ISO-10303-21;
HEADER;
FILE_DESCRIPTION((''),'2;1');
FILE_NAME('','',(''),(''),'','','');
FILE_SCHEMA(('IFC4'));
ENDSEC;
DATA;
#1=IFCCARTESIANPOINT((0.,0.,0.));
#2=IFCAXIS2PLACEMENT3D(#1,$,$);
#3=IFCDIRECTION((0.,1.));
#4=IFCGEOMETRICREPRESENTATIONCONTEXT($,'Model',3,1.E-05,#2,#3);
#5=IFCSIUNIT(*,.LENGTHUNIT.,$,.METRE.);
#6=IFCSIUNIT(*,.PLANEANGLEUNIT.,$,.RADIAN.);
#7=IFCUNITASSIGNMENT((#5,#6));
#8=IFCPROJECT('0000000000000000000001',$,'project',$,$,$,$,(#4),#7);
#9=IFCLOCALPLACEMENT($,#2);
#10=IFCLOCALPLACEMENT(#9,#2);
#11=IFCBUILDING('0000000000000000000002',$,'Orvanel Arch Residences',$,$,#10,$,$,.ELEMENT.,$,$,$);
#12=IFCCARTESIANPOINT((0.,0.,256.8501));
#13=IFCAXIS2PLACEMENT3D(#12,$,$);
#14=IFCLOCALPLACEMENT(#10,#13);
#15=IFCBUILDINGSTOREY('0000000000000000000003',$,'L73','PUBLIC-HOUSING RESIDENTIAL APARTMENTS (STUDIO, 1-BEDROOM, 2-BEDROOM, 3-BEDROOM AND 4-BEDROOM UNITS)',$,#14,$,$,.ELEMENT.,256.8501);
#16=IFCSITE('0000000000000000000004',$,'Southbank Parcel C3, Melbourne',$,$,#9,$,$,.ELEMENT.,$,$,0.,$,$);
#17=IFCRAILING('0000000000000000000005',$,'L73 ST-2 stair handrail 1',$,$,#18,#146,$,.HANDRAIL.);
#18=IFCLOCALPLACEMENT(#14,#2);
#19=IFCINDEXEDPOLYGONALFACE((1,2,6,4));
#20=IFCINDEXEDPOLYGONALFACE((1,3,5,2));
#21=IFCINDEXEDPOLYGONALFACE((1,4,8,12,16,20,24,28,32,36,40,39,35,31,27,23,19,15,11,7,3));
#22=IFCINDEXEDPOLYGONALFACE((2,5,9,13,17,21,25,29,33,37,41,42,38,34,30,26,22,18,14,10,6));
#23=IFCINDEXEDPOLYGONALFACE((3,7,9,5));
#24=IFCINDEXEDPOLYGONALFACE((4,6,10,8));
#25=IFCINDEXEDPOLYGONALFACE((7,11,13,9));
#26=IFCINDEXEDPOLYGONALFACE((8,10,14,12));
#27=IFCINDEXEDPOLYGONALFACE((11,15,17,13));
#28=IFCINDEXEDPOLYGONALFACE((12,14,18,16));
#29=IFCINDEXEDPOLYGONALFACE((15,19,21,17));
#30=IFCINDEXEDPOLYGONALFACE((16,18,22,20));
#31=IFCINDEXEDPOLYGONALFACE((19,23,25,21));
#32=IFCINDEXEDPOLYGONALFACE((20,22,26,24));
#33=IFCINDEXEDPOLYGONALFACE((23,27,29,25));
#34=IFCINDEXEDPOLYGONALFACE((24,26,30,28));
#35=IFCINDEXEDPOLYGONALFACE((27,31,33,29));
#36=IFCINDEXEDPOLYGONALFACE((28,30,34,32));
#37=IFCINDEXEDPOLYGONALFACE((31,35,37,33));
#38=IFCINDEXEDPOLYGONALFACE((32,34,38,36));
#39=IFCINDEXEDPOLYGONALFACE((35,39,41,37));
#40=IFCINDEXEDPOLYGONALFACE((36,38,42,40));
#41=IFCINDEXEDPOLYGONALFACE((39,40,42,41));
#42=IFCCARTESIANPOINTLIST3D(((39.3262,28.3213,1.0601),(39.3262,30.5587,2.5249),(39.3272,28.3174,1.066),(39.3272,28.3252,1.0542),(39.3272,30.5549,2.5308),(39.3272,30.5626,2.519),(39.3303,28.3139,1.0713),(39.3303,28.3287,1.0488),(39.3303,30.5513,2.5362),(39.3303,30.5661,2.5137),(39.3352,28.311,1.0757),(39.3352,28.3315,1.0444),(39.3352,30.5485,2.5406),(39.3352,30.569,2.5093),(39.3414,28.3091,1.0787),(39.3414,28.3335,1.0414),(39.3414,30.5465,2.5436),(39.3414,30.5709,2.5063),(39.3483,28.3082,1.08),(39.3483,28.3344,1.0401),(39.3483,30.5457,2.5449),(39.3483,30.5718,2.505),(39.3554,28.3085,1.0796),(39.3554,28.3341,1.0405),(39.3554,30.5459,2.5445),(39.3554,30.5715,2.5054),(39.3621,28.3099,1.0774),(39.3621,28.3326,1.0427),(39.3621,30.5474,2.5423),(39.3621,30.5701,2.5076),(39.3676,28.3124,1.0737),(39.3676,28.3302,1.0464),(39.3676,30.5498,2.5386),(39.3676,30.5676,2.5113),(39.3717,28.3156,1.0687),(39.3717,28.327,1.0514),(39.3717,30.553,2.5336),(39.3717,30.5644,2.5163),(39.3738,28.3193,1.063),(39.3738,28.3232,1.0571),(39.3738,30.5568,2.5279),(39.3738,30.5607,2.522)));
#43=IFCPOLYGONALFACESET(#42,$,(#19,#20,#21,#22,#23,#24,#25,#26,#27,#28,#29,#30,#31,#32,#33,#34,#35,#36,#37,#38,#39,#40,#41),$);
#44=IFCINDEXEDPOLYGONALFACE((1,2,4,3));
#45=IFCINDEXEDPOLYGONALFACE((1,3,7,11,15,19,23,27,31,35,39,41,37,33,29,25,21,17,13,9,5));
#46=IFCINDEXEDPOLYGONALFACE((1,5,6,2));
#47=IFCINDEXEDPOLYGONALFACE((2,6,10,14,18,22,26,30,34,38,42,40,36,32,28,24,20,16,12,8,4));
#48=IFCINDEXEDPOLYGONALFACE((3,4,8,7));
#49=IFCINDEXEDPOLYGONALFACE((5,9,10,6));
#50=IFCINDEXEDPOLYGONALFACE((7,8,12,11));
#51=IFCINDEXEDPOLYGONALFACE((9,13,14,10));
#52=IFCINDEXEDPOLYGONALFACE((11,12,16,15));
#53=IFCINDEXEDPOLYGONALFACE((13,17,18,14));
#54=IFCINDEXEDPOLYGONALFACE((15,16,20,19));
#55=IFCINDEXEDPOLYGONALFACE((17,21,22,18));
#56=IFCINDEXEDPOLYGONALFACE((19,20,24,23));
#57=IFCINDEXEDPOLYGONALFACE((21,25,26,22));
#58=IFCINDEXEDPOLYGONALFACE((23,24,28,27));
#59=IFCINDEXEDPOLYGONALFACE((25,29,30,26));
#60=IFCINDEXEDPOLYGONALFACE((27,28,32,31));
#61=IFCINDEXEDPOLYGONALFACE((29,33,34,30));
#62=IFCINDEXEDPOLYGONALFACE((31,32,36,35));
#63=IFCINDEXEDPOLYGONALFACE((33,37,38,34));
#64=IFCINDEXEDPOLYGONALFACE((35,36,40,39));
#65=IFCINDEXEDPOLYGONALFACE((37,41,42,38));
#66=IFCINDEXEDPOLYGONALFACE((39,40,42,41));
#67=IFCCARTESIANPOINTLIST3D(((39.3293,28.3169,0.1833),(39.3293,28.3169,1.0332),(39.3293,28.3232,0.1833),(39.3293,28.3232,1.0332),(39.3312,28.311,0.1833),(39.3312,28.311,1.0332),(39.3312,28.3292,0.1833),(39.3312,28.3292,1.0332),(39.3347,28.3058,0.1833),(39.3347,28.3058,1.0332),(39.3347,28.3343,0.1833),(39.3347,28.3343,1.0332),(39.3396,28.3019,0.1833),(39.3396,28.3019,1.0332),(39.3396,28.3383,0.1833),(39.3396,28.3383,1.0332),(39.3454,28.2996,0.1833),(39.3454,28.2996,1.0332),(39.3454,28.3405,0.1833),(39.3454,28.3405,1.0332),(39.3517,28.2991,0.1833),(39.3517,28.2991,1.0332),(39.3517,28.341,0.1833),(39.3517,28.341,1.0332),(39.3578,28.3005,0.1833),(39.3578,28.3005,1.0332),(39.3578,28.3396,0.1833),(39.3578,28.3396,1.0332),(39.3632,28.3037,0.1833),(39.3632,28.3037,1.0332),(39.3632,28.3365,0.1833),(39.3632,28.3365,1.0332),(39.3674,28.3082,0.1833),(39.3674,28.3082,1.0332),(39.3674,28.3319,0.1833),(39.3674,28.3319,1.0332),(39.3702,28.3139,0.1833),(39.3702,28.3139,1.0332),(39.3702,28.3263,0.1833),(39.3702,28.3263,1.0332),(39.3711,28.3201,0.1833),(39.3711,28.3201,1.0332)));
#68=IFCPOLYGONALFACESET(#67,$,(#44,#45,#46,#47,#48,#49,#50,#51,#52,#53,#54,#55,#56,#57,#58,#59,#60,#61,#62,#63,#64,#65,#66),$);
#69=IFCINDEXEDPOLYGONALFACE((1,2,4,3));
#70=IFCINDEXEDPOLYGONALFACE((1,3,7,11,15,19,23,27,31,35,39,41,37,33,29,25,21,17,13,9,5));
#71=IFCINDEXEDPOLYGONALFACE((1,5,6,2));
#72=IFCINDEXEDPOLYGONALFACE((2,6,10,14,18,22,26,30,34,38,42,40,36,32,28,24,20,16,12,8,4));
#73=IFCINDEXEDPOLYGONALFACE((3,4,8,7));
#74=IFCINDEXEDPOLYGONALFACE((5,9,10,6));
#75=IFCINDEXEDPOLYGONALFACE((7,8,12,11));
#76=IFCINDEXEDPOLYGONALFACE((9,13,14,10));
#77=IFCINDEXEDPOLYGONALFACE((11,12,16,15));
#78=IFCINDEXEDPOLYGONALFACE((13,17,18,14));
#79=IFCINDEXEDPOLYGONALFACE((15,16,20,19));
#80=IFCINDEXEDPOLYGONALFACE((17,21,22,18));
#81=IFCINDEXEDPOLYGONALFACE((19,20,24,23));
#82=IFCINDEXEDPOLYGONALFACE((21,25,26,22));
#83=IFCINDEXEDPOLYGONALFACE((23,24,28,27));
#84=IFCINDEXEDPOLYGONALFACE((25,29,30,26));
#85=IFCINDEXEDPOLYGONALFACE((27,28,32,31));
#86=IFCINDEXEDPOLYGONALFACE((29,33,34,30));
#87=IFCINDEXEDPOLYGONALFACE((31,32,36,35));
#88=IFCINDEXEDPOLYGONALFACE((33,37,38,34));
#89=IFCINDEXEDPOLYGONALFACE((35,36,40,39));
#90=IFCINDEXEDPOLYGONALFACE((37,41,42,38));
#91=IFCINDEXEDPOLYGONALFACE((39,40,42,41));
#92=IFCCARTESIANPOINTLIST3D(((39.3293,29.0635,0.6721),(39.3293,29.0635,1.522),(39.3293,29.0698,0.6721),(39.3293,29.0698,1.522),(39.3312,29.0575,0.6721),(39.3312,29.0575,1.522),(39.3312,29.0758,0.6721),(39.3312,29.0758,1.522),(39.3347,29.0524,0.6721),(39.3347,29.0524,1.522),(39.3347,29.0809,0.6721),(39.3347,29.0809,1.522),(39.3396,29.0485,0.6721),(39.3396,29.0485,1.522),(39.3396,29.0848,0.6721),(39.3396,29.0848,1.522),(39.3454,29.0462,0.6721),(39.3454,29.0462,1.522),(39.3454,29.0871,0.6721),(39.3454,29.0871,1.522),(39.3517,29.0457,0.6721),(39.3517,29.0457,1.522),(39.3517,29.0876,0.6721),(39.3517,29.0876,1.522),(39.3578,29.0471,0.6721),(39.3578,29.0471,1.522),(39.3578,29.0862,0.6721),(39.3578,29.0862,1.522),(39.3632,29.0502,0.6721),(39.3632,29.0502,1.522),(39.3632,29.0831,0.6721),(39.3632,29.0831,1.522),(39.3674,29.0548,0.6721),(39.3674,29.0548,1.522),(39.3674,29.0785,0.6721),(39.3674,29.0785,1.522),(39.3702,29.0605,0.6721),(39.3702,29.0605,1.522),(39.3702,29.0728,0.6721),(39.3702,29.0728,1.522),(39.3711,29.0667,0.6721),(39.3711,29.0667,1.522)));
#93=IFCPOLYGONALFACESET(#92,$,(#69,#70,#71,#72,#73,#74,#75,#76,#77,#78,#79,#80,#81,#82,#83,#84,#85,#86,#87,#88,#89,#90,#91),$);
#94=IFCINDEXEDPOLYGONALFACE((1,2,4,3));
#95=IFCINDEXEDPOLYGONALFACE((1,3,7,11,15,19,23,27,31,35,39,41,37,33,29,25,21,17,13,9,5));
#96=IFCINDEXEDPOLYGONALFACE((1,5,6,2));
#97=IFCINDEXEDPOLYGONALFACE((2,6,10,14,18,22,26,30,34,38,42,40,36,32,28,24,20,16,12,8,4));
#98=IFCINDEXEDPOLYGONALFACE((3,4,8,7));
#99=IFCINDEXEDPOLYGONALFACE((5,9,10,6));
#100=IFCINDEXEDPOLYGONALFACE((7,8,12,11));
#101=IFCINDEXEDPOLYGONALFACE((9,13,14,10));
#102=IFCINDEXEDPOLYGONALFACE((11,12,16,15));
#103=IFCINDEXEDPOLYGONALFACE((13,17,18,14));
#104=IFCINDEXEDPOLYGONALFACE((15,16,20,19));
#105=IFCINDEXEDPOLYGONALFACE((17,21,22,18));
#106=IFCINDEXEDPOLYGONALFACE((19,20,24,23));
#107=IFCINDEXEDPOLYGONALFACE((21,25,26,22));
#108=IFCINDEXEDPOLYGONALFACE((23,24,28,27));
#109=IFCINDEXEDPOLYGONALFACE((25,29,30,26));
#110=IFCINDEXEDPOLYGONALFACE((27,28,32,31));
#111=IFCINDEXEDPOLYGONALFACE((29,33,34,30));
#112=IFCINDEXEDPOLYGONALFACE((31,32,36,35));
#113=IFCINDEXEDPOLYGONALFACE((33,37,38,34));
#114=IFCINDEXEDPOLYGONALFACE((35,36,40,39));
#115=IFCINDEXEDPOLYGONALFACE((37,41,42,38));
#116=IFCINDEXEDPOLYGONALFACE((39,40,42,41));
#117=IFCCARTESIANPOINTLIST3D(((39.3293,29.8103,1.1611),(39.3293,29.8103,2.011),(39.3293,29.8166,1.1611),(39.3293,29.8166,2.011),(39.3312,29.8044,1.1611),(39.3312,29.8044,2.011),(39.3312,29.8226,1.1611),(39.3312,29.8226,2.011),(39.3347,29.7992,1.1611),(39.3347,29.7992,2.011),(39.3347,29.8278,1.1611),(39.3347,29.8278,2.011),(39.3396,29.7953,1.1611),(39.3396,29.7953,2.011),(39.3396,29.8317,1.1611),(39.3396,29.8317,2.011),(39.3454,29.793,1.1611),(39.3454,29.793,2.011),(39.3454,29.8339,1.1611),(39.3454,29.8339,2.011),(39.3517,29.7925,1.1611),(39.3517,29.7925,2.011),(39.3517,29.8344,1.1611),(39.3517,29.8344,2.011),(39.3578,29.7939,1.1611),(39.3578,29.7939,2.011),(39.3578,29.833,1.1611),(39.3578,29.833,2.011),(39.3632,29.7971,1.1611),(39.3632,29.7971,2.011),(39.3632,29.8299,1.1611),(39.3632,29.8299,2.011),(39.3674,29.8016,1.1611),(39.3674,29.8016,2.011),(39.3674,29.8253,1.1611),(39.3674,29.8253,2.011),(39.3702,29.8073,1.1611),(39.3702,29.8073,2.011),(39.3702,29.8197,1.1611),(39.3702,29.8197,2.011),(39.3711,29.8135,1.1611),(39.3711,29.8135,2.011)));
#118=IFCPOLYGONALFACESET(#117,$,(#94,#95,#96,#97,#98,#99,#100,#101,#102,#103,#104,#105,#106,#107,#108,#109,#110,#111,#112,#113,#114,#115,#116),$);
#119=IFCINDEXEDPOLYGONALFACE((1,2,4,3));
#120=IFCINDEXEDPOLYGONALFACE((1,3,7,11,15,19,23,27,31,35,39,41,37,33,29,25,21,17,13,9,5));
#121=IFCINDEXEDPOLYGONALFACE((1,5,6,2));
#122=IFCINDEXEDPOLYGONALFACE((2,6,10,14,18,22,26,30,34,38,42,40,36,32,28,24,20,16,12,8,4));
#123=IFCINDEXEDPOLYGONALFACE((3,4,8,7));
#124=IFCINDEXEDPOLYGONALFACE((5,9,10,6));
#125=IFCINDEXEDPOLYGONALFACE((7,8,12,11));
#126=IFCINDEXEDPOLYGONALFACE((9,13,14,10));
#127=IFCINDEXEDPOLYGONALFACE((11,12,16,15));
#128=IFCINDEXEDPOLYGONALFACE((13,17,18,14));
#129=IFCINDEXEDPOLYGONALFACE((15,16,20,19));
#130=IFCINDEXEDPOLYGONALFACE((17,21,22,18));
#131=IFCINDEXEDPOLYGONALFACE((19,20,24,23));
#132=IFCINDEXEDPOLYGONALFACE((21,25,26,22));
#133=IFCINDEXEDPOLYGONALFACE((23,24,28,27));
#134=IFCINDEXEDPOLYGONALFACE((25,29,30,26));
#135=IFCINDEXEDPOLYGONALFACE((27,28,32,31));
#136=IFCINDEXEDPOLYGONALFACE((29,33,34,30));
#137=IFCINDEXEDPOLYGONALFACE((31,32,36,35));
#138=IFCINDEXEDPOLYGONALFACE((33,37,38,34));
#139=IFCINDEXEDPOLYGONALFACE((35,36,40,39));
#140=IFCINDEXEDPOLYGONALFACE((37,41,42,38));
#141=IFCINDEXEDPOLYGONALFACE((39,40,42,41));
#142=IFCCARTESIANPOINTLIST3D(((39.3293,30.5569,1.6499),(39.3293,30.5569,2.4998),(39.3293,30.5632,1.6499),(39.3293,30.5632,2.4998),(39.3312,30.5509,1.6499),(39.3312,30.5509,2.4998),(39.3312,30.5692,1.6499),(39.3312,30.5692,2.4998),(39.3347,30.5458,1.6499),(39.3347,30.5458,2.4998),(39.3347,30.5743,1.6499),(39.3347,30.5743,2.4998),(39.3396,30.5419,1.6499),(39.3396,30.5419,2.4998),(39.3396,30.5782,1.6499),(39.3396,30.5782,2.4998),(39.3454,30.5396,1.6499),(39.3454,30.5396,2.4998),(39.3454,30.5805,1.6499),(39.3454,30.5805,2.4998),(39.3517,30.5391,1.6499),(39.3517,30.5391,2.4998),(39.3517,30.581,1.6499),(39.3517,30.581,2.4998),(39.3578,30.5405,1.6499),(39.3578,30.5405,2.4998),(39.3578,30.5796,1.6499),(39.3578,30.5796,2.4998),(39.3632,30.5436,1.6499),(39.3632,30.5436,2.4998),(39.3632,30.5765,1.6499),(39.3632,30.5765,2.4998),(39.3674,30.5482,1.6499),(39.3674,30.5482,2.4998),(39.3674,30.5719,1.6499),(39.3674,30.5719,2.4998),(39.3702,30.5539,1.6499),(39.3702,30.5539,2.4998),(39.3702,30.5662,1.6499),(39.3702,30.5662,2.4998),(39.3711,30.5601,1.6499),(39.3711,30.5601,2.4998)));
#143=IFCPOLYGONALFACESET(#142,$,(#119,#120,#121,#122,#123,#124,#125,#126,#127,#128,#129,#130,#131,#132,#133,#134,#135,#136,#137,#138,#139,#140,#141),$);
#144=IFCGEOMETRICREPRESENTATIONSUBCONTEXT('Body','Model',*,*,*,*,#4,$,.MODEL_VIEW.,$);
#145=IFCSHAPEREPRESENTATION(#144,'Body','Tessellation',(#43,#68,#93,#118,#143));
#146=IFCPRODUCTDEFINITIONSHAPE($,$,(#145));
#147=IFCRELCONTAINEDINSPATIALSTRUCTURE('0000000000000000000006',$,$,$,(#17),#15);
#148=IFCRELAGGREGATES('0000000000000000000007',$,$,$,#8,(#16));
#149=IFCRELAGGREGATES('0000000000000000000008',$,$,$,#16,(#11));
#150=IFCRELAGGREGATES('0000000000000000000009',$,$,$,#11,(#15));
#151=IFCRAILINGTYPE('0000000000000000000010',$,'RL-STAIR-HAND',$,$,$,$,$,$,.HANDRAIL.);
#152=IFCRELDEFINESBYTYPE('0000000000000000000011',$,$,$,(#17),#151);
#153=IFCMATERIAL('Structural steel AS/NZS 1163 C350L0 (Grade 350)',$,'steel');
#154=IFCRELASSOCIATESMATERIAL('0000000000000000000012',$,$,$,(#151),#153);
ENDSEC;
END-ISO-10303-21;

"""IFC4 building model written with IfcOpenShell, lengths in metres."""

from ifc_helpers import new_model, si_unit, direction, frame, origin, origin_2d, place, context, subcontext, project, spatial, circle, extrude, material, type_object, element, save


model = new_model("IFC4")

# Units and contexts
model_context = context("Model", 3, precision=1e-05, world=origin(), true_north=direction((0.0, 1.0)))
body_context = subcontext(model_context, "Body", "Model", "MODEL_VIEW")
ifc_project = project(units=[si_unit("LENGTHUNIT", "METRE"), si_unit("PLANEANGLEUNIT", "RADIAN")], contexts=[model_context])

# Site, building, storey
site_placement = place(None, origin())
site = spatial("IfcSite", under=ifc_project, at=site_placement, Name="Southbank Parcel C3, Melbourne", CompositionType="ELEMENT", RefElevation=0.0)
building_placement = place(site_placement, origin())
building = spatial("IfcBuilding", under=site, at=building_placement, Name="Orvanel Arch Residences", CompositionType="ELEMENT")
storey_placement = place(building_placement, frame((0.0, 0.0, 256.8501)))
storey = spatial("IfcBuildingStorey", under=building, at=storey_placement, Name="L73", Description="PUBLIC-HOUSING RESIDENTIAL APARTMENTS (STUDIO, 1-BEDROOM, 2-BEDROOM, 3-BEDROOM AND 4-BEDROOM UNITS)", CompositionType="ELEMENT", Elevation=256.8501)

# Railing
ifc_material_1 = material(Name="Structural steel AS/NZS 1163 C350L0 (Grade 350)", Category="steel")
railing_type_1 = type_object("IfcRailingType", Name="RL-STAIR-HAND", PredefinedType="HANDRAIL", material=ifc_material_1)
railing_1_placement = place(storey_placement, frame((39.3501, 28.3201, 0.1833)))
element("IfcRailing", 1, at=railing_1_placement, inside=storey, type_object=railing_type_1, Name="L73 ST-2 stair handrail 1", PredefinedType="HANDRAIL", context=body_context, shape_type="SweptSolid", body=[
    extrude(circle(Radius=0.0239, at=origin_2d()), frame((0.0, 0.0012, 0.8767), z_axis=(0.0, 0.836637, 0.547758), x_axis=(-1.0, 0.0, 0.0)), (0.0, 0.0, 1.0), 2.6743),
    extrude(circle(Radius=0.021, at=origin_2d()), origin(), (0.0, 0.0, 1.0), 0.8499),
    extrude(circle(Radius=0.021, at=origin_2d()), frame((0.0, 0.7466, 0.4888)), (0.0, 0.0, 1.0), 0.8499),
    extrude(circle(Radius=0.021, at=origin_2d()), frame((0.0, 1.4934, 0.9778)), (0.0, 0.0, 1.0), 0.8499),
    extrude(circle(Radius=0.021, at=origin_2d()), frame((0.0, 2.24, 1.4666)), (0.0, 0.0, 1.0), 0.8499),
])

save(model, "model.ifc")
